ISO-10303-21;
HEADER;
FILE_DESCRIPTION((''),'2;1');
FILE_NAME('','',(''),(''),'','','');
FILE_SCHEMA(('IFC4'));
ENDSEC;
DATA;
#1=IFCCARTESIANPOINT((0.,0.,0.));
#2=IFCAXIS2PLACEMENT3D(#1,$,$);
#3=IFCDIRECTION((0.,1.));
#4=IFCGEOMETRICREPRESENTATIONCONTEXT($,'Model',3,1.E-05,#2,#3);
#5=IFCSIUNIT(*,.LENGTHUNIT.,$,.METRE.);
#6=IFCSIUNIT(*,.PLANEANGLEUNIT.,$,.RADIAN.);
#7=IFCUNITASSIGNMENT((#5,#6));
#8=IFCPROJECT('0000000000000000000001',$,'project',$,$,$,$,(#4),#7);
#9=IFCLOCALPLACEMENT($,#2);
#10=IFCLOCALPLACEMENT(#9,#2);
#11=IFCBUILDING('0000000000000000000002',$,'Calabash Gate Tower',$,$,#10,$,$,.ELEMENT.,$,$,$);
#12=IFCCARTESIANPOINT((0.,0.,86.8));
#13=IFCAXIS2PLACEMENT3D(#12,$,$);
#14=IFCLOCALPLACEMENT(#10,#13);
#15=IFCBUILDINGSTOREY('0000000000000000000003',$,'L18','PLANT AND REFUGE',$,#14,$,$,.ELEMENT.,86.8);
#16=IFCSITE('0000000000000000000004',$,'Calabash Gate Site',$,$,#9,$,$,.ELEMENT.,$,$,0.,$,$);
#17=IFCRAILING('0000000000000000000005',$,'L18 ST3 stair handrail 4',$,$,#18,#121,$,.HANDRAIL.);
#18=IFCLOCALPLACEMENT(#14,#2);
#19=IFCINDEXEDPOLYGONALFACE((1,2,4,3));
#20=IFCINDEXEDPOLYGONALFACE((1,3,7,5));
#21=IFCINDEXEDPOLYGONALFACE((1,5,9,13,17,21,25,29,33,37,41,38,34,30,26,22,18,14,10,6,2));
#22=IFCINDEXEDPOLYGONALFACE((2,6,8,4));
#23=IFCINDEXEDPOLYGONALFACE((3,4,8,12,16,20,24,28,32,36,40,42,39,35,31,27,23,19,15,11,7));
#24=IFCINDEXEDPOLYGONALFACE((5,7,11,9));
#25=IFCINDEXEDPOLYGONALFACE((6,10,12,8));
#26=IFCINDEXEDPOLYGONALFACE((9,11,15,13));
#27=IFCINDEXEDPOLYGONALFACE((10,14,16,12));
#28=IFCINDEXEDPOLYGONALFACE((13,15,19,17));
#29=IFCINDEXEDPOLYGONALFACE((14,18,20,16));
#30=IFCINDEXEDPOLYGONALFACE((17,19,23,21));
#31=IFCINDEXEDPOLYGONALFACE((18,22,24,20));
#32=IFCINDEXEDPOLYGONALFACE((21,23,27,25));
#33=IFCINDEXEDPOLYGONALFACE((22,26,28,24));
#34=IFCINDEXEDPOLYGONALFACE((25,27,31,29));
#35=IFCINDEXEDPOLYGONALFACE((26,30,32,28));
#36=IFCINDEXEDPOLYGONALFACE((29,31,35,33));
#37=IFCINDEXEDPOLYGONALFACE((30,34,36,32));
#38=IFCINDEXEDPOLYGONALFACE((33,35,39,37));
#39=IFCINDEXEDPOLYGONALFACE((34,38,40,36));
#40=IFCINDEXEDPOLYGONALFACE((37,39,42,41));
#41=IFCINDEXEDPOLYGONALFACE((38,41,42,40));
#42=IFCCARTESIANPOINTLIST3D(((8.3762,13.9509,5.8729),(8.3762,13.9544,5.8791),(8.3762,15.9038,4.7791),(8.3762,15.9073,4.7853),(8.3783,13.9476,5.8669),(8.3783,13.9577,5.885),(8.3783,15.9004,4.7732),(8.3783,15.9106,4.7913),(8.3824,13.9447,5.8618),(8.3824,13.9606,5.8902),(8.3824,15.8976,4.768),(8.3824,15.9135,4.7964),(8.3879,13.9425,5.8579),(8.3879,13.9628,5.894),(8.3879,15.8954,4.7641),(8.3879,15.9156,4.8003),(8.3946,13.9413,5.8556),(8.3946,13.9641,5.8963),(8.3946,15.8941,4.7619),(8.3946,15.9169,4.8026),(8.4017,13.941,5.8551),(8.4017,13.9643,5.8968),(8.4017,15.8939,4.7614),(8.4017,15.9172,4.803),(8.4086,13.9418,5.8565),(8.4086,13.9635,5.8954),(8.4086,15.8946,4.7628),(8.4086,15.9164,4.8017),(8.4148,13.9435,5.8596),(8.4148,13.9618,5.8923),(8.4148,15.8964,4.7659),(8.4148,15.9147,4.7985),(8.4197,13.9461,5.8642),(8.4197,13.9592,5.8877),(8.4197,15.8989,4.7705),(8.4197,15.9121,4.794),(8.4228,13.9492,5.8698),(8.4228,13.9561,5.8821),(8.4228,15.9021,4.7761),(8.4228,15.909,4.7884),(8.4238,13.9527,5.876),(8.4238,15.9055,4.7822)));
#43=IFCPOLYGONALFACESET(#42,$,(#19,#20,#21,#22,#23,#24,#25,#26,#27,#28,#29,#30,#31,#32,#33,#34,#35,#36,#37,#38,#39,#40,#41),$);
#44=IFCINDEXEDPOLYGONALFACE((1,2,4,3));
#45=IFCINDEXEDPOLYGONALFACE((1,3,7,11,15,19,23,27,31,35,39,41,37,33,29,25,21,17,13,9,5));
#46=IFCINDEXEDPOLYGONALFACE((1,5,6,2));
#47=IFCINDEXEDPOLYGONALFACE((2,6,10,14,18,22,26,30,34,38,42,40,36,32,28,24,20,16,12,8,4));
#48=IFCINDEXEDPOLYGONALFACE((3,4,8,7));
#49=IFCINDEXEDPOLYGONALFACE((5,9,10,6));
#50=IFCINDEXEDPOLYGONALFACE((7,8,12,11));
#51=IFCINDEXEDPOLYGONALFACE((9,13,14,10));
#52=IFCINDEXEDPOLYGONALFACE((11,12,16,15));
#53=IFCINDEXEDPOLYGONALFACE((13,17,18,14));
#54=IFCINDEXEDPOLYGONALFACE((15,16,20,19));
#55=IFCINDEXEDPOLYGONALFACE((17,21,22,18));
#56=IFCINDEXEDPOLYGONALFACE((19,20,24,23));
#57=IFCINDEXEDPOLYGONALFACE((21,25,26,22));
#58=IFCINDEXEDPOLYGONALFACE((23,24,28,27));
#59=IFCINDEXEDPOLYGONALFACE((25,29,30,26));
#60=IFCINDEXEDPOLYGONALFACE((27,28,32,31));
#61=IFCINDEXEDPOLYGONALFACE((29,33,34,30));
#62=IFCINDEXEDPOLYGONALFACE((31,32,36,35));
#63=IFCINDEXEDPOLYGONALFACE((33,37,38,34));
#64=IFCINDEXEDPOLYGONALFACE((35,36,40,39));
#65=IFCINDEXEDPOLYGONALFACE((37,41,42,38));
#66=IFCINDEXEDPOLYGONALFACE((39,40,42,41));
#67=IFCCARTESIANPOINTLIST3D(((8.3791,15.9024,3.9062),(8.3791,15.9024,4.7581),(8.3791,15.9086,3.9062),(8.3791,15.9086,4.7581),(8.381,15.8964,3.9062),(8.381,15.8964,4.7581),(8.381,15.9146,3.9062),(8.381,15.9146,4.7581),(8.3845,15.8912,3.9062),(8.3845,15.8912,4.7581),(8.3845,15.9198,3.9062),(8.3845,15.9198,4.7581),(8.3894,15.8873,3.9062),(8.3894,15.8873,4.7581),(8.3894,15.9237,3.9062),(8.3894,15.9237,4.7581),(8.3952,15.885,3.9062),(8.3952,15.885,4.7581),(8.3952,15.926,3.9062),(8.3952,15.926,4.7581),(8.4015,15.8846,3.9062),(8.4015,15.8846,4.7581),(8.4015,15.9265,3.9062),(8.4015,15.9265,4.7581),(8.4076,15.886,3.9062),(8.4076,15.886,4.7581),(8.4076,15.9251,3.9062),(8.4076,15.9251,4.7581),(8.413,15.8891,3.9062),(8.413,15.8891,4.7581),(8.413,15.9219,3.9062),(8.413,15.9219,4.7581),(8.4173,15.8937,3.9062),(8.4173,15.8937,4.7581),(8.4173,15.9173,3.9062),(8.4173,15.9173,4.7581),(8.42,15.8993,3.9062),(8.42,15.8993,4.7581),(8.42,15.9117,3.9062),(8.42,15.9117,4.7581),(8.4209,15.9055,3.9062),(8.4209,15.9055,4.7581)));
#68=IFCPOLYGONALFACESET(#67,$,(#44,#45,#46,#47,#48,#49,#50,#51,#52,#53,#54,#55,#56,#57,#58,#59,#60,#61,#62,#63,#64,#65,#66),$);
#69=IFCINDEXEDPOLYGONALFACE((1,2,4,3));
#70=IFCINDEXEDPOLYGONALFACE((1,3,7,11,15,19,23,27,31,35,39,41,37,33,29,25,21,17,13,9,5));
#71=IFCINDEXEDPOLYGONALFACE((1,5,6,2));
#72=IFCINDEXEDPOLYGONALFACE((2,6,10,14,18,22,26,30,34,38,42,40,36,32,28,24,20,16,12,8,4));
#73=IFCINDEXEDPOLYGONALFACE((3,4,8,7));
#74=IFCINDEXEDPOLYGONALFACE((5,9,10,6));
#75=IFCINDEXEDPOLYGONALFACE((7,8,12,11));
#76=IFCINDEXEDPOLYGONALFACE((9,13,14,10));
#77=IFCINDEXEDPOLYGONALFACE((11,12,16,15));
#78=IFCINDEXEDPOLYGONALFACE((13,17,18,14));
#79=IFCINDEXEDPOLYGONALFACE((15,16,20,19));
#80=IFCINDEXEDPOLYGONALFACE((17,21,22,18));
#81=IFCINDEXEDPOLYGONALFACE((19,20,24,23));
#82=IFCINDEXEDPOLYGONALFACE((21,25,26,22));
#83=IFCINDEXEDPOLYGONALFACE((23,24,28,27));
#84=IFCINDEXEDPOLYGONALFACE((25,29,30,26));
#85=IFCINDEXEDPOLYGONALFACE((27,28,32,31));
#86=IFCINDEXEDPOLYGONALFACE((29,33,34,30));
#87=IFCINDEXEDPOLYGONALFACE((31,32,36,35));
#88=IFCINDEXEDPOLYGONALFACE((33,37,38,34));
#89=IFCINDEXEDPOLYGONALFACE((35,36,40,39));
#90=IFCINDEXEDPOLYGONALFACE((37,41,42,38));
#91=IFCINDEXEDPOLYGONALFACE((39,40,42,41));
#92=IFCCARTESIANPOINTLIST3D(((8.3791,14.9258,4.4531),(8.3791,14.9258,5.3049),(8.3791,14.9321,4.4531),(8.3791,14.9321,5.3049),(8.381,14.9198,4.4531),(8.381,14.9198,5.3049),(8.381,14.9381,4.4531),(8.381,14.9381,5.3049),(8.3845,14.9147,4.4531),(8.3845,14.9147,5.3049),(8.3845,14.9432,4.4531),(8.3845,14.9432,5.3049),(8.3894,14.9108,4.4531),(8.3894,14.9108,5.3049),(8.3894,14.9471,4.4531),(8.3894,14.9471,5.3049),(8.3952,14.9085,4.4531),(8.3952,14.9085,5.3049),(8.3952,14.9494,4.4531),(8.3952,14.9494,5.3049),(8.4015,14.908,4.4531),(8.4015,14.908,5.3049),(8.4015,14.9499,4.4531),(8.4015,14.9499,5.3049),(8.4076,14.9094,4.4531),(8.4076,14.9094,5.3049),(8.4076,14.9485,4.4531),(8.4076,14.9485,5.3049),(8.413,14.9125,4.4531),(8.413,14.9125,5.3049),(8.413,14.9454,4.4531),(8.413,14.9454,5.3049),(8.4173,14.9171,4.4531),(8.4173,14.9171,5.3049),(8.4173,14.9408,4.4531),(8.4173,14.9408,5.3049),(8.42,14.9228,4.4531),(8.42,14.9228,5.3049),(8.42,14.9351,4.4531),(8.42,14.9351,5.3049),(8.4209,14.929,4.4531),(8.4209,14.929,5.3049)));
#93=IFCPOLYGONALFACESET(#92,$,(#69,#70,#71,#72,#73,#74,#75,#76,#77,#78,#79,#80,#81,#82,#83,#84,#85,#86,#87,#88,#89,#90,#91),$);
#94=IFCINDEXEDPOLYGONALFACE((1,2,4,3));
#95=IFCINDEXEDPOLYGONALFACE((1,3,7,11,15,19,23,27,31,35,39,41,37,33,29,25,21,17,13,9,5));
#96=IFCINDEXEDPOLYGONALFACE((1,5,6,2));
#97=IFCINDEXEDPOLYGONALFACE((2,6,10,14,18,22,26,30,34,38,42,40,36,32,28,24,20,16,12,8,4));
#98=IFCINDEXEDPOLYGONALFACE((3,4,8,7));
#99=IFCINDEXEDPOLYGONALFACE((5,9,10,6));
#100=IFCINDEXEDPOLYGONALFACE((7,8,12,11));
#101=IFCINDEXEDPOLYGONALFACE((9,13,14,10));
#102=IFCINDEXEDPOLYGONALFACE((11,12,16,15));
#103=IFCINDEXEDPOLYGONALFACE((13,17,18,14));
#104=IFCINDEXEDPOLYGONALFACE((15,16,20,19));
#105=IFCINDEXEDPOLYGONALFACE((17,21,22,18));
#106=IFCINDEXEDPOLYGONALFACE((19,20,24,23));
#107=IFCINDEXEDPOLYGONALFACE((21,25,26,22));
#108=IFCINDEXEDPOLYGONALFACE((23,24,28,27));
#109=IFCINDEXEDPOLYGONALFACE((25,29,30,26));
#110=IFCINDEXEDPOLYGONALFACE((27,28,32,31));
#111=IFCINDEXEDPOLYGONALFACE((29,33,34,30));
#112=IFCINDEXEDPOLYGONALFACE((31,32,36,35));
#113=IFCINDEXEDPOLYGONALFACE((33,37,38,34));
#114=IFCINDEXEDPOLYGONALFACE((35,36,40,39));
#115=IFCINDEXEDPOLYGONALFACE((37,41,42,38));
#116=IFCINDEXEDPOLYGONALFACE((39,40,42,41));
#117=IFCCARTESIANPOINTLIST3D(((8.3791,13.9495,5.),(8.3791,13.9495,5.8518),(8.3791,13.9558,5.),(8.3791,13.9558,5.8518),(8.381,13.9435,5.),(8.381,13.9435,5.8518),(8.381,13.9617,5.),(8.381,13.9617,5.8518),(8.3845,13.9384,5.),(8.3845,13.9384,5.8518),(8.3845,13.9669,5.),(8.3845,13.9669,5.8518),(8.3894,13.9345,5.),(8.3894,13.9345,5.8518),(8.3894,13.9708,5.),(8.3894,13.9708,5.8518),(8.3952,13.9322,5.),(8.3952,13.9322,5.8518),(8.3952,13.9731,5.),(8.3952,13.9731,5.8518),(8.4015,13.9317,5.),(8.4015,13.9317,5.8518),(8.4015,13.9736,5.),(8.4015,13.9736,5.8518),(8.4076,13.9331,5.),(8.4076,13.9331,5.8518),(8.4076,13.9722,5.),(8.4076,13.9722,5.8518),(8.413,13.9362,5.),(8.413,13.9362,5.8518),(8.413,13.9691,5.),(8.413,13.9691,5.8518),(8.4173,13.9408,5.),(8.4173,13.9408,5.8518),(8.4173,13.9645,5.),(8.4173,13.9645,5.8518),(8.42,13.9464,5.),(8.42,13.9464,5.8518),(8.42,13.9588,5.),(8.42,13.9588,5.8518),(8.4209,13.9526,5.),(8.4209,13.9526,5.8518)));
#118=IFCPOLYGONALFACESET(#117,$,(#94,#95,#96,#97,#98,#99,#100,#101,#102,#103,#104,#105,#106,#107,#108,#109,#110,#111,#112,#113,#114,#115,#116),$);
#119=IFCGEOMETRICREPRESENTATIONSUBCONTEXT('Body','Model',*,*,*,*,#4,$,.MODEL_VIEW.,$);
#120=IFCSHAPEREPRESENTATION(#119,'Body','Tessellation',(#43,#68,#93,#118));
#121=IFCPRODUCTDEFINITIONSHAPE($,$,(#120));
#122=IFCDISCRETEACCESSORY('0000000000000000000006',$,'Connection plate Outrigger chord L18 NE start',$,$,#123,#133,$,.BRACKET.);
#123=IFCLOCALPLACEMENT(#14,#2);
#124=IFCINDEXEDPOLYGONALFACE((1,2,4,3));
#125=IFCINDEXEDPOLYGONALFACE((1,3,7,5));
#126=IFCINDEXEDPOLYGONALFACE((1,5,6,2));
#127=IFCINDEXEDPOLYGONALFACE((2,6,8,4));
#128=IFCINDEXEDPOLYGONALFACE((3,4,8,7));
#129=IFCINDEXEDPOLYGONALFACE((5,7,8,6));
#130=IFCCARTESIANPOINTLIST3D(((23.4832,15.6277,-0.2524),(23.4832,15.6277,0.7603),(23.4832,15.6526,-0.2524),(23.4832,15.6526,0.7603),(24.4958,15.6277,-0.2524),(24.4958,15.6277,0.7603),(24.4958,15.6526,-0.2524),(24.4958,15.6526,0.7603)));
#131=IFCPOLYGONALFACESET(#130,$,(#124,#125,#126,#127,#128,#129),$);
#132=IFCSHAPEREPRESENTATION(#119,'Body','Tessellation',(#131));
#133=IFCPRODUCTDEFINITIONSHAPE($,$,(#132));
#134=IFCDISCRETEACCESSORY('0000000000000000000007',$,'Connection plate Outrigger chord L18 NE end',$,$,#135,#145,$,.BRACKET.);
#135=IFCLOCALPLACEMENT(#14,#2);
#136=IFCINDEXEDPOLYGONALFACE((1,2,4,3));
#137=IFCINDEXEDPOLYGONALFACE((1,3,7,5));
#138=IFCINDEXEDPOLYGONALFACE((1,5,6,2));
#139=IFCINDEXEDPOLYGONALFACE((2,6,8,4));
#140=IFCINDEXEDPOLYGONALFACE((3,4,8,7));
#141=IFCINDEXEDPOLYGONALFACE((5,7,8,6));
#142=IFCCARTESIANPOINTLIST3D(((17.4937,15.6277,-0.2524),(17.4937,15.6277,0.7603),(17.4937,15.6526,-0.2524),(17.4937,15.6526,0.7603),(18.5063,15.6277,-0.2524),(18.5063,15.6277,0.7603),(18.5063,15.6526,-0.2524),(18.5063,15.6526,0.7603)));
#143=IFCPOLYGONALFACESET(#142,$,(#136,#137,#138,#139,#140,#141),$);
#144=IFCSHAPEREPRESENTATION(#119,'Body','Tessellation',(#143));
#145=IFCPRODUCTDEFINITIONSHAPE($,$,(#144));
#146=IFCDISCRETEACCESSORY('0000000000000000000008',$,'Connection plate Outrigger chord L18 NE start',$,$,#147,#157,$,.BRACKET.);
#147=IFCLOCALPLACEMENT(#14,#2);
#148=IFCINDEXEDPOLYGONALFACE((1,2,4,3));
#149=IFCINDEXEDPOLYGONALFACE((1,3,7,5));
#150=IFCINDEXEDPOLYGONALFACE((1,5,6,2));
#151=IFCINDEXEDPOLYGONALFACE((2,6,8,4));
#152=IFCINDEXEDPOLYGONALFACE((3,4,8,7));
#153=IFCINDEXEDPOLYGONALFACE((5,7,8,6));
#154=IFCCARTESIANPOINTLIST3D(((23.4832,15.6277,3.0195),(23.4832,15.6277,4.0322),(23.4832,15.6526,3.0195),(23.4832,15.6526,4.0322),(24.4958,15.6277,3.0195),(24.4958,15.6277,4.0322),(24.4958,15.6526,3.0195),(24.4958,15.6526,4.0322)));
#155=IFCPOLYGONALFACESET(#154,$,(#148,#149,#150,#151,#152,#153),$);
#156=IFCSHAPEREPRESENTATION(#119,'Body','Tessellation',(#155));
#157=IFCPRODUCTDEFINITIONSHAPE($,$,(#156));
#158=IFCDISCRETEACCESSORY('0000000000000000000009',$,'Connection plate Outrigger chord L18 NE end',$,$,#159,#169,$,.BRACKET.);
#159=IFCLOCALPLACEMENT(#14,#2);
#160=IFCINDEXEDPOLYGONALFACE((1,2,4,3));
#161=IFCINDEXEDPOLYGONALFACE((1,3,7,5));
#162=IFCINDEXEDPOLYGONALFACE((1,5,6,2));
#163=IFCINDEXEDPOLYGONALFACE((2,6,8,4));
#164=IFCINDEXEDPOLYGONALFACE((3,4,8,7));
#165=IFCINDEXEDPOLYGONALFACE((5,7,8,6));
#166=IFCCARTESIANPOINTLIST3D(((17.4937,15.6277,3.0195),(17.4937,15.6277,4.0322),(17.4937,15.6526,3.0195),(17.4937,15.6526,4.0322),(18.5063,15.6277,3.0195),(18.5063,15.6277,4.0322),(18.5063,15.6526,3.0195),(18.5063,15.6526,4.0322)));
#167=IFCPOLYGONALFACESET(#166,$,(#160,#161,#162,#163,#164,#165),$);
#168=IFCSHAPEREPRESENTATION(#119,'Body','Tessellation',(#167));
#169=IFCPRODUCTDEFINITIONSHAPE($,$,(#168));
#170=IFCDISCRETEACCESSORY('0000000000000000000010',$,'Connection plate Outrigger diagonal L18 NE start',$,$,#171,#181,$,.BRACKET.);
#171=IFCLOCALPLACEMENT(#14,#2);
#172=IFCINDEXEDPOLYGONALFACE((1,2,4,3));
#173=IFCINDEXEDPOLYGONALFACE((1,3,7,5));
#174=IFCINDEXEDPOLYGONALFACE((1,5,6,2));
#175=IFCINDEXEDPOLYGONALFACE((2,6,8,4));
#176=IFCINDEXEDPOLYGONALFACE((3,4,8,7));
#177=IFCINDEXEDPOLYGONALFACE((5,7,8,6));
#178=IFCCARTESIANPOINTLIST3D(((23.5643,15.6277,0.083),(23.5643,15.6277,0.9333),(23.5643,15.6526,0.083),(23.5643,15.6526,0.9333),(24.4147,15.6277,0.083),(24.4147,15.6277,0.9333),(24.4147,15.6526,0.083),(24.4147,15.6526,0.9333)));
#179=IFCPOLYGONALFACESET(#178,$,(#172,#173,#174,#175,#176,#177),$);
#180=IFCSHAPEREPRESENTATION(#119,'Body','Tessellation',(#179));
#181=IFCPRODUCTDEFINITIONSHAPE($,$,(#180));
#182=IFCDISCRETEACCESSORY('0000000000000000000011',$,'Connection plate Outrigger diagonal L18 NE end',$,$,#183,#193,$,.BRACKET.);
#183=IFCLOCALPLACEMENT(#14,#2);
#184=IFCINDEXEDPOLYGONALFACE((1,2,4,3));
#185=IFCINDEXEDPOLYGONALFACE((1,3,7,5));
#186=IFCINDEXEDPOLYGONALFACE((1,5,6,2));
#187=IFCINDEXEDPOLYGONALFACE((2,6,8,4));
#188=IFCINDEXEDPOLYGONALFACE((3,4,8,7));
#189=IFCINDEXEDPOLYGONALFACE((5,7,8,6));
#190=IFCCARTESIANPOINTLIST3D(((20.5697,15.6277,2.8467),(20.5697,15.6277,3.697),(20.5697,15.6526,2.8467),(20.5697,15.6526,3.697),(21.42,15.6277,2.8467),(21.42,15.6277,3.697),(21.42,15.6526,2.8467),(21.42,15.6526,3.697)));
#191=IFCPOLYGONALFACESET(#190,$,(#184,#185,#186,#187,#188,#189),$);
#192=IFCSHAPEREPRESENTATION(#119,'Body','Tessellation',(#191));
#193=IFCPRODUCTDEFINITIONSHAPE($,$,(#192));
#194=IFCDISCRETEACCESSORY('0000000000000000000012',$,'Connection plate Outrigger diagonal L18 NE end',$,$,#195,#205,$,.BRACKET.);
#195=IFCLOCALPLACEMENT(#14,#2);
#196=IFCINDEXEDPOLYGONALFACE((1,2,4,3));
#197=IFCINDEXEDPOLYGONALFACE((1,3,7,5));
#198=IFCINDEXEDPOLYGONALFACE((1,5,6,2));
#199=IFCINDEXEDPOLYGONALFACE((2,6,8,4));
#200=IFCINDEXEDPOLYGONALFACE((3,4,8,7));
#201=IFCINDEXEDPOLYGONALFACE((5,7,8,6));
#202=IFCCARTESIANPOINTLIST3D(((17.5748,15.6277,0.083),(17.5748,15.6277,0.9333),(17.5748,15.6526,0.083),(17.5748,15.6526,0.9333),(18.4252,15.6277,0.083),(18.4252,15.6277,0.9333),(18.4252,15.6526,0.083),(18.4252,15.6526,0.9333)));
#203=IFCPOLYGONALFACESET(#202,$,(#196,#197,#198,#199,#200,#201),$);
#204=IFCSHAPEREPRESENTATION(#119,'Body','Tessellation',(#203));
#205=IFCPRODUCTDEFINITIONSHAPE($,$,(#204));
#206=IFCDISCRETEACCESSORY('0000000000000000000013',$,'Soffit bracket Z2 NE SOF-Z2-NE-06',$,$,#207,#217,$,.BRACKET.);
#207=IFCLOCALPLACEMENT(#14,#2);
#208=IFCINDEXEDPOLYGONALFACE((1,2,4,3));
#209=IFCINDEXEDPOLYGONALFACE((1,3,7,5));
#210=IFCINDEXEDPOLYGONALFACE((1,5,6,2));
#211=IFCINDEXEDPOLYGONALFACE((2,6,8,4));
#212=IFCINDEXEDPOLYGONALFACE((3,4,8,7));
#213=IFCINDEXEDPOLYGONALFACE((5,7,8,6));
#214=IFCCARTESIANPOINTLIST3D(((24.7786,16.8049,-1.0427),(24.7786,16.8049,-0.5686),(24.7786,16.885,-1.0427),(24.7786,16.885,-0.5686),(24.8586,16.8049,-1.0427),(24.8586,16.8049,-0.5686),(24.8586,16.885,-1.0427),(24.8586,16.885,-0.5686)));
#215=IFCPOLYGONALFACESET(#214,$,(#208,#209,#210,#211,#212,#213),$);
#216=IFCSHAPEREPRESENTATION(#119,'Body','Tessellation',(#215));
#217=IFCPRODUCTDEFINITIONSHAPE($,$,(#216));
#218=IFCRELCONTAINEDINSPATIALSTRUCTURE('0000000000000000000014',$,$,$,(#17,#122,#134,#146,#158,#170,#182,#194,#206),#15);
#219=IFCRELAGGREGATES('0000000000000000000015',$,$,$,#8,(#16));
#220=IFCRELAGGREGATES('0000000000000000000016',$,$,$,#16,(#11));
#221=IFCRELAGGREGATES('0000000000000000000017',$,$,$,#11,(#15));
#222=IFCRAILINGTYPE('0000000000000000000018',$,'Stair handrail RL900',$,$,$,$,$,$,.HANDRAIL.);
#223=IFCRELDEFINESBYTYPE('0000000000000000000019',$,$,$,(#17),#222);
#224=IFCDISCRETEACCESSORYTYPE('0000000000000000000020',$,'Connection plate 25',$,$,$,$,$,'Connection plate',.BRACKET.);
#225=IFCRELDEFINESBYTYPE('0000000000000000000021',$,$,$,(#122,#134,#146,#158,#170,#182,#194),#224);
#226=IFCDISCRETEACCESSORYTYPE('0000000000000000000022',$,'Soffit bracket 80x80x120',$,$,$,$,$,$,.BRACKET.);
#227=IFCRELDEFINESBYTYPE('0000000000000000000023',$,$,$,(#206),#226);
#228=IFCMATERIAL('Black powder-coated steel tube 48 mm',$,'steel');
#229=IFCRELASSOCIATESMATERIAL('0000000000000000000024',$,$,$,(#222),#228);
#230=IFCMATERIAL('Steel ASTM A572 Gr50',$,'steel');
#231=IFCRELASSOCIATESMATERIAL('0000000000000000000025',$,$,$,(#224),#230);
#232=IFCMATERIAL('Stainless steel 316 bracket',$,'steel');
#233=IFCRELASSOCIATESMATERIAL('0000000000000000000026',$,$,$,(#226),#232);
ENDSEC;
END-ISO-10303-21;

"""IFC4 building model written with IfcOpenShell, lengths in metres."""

from ifc_helpers import new_model, si_unit, direction, frame, origin, origin_2d, place, context, subcontext, project, spatial, rectangle, circle, extrude, material, type_object, element, save


model = new_model("IFC4")

# Units and contexts
model_context = context("Model", 3, precision=1e-05, world=origin(), true_north=direction((0.0, 1.0)))
body_context = subcontext(model_context, "Body", "Model", "MODEL_VIEW")
ifc_project = project(units=[si_unit("LENGTHUNIT", "METRE"), si_unit("PLANEANGLEUNIT", "RADIAN")], contexts=[model_context])

# Site, building, storey
site_placement = place(None, origin())
site = spatial("IfcSite", under=ifc_project, at=site_placement, Name="Calabash Gate Site", CompositionType="ELEMENT", RefElevation=0.0)
building_placement = place(site_placement, origin())
building = spatial("IfcBuilding", under=site, at=building_placement, Name="Calabash Gate Tower", CompositionType="ELEMENT")
storey_placement = place(building_placement, frame((0.0, 0.0, 86.8)))
storey = spatial("IfcBuildingStorey", under=building, at=storey_placement, Name="L18", Description="PLANT AND REFUGE", CompositionType="ELEMENT", Elevation=86.8)

# Railing
ifc_material_1 = material(Name="Black powder-coated steel tube 48 mm", Category="steel")
railing_type = type_object("IfcRailingType", Name="Stair handrail RL900", PredefinedType="HANDRAIL", material=ifc_material_1)
for number, where, name in (
    (1, (8.3999, 15.9055, 3.9062), "L18 ST3 stair handrail 4"),
):
    element("IfcRailing", number, at=place(storey_placement, frame(where)), inside=storey, type_object=railing_type, Name=name, PredefinedType="HANDRAIL", context=body_context, shape_type="SweptSolid", body=[
        extrude(circle(Radius=0.0239, at=origin_2d()), frame((0.0, 0.0, 0.876), z_axis=(0.0, -0.87248, 0.48865), x_axis=(1.0, 0.0, 0.0)), (0.0, 0.0, 1.0), 2.2383),
        extrude(circle(Radius=0.021, at=origin_2d()), origin(), (0.0, 0.0, 1.0), 0.8518),
        extrude(circle(Radius=0.021, at=origin_2d()), frame((0.0, -0.9766, 0.5469)), (0.0, 0.0, 1.0), 0.8518),
        extrude(circle(Radius=0.021, at=origin_2d()), frame((0.0, -1.9529, 1.0938)), (0.0, 0.0, 1.0), 0.8518),
    ])

# Discrete accessories
ifc_material_2 = material(Name="Steel ASTM A572 Gr50", Category="steel")
discrete_accessory_type_1 = type_object("IfcDiscreteAccessoryType", Name="Connection plate 25", ElementType="Connection plate", PredefinedType="BRACKET", material=ifc_material_2)
for number, where, z_axis, x_axis, name in (
    (2, (23.9895, 15.6401, -0.2524), (0.0, 0.0, 1.0), (-1.0, 0.0, 0.0), "Connection plate Outrigger chord L18 NE start"),
    (3, (18.0, 15.6401, -0.2524), (0.0, 0.0, 1.0), (-1.0, 0.0, 0.0), "Connection plate Outrigger chord L18 NE end"),
    (4, (23.9895, 15.6401, 3.0195), (0.0, 0.0, 1.0), (-1.0, 0.0, 0.0), "Connection plate Outrigger chord L18 NE start"),
    (5, (18.0, 15.6401, 3.0195), (0.0, 0.0, 1.0), (-1.0, 0.0, 0.0), "Connection plate Outrigger chord L18 NE end"),
):
    element("IfcDiscreteAccessory", number, at=place(storey_placement, frame(where, z_axis=z_axis, x_axis=x_axis)), inside=storey, type_object=discrete_accessory_type_1, Name=name, PredefinedType="BRACKET", context=body_context, shape_type="SweptSolid", body=[
        extrude(rectangle(XDim=1.0127, YDim=0.0249, at=origin_2d()), origin(), (0.0, 0.0, 1.0), 1.0127),
    ])
for number, where, z_axis, x_axis, name in (
    (6, (23.9895, 15.6401, 0.083), (0.0, 0.0, 1.0), (-1.0, 0.0, 0.0), "Connection plate Outrigger diagonal L18 NE start"),
    (7, (20.9949, 15.6401, 2.8467), (0.0, 0.0, 1.0), (-1.0, 0.0, 0.0), "Connection plate Outrigger diagonal L18 NE end"),
    (8, (18.0, 15.6401, 0.083), (0.0, 0.0, 1.0), (-1.0, 0.0, 0.0), "Connection plate Outrigger diagonal L18 NE end"),
):
    element("IfcDiscreteAccessory", number, at=place(storey_placement, frame(where, z_axis=z_axis, x_axis=x_axis)), inside=storey, type_object=discrete_accessory_type_1, Name=name, PredefinedType="BRACKET", context=body_context, shape_type="SweptSolid", body=[
        extrude(rectangle(XDim=0.8503, YDim=0.0249, at=origin_2d()), origin(), (0.0, 0.0, 1.0), 0.8503),
    ])
ifc_material_3 = material(Name="Stainless steel 316 bracket", Category="steel")
discrete_accessory_type_2 = type_object("IfcDiscreteAccessoryType", Name="Soffit bracket 80x80x120", PredefinedType="BRACKET", material=ifc_material_3)
discrete_accessory_1_placement = place(storey_placement, frame((24.8186, 16.845, -1.0427), z_axis=(0.0, 0.0, 1.0), x_axis=(1.0, 0.0, 0.0)))
element("IfcDiscreteAccessory", 9, at=discrete_accessory_1_placement, inside=storey, type_object=discrete_accessory_type_2, Name="Soffit bracket Z2 NE SOF-Z2-NE-06", PredefinedType="BRACKET", context=body_context, shape_type="SweptSolid", body=[
    extrude(rectangle(XDim=0.0801, YDim=0.0801, at=origin_2d()), origin(), (0.0, 0.0, 1.0), 0.4741),
])

save(model, "model.ifc")
